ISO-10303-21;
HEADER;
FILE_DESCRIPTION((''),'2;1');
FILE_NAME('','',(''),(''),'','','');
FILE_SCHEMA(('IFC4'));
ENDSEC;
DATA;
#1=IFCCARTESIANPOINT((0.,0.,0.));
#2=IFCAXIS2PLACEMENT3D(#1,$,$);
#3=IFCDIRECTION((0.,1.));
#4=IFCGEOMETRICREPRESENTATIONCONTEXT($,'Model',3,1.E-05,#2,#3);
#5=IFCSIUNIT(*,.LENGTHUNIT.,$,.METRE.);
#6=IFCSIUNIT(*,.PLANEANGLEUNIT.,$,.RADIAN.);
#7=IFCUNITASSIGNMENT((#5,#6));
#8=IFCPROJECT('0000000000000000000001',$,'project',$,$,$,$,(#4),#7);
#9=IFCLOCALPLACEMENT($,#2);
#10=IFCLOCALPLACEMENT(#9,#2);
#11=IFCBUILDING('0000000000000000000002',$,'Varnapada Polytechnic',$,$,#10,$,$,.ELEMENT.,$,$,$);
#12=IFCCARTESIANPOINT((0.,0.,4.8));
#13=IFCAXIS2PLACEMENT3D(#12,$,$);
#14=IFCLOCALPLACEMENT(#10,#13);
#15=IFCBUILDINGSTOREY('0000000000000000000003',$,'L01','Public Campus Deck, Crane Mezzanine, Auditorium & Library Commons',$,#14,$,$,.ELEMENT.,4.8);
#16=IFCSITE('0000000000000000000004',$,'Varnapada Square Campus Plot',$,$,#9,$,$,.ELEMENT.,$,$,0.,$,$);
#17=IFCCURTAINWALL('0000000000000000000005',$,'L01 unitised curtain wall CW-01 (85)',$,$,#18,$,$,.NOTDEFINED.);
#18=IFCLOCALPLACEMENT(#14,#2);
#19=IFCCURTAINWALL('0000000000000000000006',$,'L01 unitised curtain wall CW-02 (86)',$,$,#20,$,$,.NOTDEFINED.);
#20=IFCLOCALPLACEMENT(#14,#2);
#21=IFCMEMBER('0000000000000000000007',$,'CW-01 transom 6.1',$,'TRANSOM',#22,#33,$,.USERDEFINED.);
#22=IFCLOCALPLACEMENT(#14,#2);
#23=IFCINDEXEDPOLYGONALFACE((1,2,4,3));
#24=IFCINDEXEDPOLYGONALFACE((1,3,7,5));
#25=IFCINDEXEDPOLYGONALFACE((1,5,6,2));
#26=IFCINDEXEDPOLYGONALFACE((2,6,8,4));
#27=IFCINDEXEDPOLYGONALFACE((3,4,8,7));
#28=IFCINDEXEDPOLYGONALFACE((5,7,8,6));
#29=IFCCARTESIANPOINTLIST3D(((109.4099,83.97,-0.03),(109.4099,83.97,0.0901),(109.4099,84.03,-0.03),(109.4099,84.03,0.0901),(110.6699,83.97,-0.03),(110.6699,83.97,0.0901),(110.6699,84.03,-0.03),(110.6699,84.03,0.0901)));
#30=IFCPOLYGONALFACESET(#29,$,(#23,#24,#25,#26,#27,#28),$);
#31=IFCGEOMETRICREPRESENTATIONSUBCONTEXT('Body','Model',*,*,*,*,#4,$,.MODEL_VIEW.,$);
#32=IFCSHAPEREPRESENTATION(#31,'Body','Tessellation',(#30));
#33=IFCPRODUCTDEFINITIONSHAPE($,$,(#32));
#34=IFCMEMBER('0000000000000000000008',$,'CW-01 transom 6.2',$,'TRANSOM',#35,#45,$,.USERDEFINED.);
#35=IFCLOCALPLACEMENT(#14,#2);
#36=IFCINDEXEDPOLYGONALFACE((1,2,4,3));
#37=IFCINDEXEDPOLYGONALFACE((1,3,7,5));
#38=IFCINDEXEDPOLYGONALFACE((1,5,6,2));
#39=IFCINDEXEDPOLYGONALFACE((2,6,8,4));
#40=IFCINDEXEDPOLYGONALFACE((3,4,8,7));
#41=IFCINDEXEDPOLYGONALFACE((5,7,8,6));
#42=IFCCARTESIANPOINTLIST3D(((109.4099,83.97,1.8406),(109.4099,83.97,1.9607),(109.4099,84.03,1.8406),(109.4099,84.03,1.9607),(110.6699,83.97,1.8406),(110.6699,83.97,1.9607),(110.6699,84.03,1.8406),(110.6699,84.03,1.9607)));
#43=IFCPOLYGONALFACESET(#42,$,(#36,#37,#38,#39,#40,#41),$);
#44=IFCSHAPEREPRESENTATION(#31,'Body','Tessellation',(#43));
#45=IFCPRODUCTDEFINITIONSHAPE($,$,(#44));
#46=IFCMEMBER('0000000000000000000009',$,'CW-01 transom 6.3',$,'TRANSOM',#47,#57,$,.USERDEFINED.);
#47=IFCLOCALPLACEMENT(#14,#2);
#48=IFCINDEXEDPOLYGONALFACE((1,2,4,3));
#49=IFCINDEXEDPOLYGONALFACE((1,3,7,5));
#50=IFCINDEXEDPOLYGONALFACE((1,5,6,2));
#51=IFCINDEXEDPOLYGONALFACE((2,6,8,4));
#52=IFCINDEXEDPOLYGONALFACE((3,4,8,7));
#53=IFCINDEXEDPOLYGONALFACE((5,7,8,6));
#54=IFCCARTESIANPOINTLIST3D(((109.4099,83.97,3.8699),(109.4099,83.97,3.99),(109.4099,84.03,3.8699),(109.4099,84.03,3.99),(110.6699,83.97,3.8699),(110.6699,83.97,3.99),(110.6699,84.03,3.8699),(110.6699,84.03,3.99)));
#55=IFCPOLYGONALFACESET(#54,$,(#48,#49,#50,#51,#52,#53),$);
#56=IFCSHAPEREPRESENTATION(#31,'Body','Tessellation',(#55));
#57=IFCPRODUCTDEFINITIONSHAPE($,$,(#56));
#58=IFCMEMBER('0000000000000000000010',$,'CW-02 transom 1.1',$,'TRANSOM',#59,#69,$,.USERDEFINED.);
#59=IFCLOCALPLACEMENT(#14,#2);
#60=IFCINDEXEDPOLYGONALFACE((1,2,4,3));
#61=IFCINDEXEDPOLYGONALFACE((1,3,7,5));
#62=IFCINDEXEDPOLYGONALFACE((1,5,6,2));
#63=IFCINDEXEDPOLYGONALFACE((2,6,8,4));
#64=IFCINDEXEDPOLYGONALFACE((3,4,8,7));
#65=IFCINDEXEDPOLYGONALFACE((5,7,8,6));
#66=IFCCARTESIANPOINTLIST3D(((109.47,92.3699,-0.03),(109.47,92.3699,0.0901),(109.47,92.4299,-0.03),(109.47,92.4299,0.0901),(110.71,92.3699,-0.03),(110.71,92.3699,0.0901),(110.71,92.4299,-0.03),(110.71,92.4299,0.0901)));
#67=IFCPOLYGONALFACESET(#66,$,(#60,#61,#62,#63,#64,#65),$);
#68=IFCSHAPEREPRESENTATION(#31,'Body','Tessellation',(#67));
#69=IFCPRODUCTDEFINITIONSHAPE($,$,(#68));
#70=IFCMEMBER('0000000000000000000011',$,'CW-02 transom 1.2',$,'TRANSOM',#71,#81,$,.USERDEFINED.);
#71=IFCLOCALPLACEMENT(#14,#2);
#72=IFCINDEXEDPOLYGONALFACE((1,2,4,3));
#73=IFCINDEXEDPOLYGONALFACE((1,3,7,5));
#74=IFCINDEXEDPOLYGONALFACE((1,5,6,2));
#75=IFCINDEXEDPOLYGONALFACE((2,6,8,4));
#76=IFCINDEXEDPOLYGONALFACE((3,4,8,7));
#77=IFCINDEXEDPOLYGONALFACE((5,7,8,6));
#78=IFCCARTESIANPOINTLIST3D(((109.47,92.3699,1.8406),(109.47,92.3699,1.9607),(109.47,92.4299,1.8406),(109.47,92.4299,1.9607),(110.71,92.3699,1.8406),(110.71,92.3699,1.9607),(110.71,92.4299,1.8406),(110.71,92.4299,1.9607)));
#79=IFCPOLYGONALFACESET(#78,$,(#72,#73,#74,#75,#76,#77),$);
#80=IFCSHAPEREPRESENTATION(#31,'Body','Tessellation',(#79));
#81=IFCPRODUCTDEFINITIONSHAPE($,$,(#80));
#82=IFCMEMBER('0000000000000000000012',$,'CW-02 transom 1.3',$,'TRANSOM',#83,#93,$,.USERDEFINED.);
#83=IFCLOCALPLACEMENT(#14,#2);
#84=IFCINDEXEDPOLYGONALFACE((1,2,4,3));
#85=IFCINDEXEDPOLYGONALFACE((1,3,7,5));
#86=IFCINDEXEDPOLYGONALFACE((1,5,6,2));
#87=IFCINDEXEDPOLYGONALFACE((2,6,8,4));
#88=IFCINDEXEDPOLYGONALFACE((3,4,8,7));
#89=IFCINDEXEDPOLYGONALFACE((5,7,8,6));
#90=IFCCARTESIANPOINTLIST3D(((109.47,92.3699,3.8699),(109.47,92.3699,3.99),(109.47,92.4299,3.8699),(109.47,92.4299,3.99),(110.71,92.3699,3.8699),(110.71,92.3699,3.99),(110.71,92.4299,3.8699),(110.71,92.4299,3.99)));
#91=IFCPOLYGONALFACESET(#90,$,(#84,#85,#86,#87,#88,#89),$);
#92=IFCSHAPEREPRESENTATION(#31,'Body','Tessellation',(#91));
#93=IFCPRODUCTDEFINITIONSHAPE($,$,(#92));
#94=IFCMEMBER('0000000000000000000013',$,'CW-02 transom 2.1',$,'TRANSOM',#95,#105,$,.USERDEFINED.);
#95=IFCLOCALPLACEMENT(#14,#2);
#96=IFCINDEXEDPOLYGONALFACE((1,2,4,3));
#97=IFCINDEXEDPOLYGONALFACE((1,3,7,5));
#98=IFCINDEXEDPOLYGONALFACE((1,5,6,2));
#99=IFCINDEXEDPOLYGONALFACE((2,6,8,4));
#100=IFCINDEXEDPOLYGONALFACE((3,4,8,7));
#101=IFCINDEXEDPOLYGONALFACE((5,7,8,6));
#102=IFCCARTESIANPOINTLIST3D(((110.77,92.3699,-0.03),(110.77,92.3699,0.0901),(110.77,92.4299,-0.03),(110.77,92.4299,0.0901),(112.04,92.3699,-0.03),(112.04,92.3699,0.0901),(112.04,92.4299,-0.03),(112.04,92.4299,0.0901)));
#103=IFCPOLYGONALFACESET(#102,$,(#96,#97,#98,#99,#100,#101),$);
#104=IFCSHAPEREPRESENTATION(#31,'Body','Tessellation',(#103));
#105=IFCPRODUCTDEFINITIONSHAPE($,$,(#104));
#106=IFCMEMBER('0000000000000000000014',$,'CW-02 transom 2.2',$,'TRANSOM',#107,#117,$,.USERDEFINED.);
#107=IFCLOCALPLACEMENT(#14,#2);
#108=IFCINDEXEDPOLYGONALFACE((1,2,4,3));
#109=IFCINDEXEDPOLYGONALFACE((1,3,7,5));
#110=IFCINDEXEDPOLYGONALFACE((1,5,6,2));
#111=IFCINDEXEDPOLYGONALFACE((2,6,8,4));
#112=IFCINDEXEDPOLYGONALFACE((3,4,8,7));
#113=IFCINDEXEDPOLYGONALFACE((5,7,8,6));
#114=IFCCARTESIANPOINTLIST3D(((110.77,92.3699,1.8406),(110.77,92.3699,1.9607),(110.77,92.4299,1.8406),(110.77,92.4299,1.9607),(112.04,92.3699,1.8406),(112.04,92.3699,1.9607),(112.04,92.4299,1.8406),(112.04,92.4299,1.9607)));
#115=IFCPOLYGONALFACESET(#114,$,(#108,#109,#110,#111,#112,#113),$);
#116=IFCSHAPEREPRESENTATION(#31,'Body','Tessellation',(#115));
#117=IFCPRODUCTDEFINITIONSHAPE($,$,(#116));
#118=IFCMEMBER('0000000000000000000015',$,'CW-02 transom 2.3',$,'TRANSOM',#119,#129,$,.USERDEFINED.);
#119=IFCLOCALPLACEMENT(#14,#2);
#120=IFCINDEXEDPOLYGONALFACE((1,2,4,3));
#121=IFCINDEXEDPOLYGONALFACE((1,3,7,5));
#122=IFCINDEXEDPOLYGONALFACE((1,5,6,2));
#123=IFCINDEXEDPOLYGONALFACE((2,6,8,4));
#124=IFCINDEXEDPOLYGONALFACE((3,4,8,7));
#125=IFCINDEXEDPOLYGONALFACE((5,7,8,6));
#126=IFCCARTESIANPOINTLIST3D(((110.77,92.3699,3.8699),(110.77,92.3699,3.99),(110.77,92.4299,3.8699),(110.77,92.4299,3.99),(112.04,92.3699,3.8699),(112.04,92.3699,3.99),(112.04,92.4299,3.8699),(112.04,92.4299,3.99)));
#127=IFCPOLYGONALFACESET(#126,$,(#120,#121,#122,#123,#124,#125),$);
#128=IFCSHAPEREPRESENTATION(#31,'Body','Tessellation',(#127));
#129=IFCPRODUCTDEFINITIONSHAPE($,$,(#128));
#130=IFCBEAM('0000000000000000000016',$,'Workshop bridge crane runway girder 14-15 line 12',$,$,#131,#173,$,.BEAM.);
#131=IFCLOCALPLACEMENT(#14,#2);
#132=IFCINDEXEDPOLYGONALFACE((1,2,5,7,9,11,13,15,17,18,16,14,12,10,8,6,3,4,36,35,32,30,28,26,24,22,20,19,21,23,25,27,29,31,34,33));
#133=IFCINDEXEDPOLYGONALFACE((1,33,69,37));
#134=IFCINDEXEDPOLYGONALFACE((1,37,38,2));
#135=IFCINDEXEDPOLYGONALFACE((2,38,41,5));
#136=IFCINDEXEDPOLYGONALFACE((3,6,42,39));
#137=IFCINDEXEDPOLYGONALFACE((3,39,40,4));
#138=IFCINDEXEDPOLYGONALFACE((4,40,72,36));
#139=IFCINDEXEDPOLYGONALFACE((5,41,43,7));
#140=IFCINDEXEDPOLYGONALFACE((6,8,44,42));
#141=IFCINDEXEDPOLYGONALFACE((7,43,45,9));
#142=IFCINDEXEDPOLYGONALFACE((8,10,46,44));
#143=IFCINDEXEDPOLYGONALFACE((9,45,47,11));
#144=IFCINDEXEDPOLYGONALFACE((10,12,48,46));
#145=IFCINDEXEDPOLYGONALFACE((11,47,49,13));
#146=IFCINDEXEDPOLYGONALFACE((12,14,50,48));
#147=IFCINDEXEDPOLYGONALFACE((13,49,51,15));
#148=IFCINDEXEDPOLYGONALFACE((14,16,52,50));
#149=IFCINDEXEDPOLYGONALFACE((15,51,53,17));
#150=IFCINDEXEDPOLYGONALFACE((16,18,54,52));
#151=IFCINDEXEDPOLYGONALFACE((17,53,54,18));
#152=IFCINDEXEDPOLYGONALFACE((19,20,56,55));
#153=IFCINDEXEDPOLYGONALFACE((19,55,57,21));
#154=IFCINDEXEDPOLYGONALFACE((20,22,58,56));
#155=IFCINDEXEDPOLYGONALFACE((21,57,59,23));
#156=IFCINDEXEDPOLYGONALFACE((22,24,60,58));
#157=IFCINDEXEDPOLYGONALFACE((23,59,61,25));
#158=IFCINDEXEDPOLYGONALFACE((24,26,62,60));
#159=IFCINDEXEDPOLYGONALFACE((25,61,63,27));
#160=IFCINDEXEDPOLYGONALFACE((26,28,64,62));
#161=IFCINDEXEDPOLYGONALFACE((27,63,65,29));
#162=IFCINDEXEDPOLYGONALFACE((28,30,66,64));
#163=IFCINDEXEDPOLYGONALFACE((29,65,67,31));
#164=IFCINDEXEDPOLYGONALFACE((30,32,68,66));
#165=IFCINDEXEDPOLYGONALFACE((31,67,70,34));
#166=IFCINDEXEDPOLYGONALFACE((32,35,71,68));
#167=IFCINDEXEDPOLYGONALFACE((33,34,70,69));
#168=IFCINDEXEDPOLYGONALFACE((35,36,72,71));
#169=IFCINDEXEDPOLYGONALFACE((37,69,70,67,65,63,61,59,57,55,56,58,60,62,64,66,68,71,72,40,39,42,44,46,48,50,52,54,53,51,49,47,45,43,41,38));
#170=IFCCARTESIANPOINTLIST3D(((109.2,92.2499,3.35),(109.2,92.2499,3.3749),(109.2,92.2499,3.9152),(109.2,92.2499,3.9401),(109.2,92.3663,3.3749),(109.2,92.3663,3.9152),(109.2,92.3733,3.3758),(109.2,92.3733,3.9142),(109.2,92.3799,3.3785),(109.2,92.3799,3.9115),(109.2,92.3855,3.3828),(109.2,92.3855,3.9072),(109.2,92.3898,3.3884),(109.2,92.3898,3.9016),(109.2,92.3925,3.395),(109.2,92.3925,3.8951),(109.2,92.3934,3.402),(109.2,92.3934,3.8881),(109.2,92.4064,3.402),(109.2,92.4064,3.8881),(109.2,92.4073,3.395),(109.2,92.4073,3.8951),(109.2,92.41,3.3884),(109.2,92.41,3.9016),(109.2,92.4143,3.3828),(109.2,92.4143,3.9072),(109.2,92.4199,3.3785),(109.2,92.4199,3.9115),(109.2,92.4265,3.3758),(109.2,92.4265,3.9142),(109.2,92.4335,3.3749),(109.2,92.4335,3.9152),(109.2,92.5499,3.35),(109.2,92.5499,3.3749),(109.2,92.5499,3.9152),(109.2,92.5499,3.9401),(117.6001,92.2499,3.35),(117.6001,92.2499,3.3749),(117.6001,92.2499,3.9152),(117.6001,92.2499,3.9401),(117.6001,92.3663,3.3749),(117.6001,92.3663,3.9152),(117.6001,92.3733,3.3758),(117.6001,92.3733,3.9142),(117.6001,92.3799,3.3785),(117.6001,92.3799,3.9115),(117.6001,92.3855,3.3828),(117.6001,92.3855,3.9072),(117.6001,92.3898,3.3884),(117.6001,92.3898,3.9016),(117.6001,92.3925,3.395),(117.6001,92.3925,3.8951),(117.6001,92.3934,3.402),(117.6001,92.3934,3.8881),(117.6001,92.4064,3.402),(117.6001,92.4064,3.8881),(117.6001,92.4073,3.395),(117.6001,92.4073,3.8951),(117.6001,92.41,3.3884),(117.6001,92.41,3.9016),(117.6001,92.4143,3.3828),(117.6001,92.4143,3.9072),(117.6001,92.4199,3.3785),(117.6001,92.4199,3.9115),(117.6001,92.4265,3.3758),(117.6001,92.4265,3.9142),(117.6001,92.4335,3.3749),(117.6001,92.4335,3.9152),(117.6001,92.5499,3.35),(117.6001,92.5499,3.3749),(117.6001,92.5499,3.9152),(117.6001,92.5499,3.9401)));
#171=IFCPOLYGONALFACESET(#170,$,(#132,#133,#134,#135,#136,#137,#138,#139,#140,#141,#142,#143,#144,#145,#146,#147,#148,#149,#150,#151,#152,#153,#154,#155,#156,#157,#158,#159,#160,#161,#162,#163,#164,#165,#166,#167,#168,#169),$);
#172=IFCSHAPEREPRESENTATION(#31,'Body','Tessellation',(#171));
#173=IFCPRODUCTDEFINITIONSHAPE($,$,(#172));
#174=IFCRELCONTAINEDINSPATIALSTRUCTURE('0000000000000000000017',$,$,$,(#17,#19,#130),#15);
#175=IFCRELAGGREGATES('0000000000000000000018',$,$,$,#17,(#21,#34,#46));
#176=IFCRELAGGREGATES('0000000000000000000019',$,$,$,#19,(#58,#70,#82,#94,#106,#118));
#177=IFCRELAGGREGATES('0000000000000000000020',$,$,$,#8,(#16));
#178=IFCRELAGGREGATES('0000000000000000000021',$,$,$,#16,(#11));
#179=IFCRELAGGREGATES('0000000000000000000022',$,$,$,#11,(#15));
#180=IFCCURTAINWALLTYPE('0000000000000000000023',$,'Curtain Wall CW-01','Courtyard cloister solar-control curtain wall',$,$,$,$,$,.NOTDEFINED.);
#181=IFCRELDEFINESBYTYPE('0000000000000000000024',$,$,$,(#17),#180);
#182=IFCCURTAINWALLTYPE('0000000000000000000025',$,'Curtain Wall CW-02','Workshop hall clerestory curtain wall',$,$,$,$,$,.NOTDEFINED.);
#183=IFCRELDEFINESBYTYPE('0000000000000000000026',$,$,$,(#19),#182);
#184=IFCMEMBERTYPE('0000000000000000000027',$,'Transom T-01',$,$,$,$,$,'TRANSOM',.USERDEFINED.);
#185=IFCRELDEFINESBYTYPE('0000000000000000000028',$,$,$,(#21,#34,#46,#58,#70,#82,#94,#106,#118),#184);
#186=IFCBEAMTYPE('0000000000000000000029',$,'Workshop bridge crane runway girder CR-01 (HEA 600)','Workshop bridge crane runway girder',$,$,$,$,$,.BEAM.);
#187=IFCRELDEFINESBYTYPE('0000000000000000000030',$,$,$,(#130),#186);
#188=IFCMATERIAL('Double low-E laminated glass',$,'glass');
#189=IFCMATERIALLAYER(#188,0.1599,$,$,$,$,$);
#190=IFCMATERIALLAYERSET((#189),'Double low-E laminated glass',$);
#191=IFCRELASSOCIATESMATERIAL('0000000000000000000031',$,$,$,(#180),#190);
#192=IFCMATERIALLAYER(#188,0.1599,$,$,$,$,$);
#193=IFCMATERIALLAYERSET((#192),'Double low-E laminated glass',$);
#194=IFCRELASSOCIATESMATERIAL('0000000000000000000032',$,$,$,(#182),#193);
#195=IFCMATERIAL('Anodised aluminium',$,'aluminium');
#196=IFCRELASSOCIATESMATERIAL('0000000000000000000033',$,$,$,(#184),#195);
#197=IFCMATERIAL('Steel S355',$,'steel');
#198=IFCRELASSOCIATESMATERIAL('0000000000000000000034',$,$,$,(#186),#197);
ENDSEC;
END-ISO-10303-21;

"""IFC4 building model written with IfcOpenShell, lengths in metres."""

from ifc_helpers import new_model, si_unit, direction, frame, origin, origin_2d, place, context, subcontext, project, spatial, rectangle, i_section, extrude, material, layer, layer_set, material_profile, profile_set, type_object, element, aggregate, save


model = new_model("IFC4")

# Units and contexts
model_context = context("Model", 3, precision=1e-05, world=origin(), true_north=direction((0.0, 1.0)))
body_context = subcontext(model_context, "Body", "Model", "MODEL_VIEW")
ifc_project = project(units=[si_unit("LENGTHUNIT", "METRE"), si_unit("PLANEANGLEUNIT", "RADIAN")], contexts=[model_context])

# Site, building, storey
site_placement = place(None, origin())
site = spatial("IfcSite", under=ifc_project, at=site_placement, Name="Varnapada Square Campus Plot", CompositionType="ELEMENT", RefElevation=0.0)
building_placement = place(site_placement, origin())
building = spatial("IfcBuilding", under=site, at=building_placement, Name="Varnapada Polytechnic", CompositionType="ELEMENT")
storey_placement = place(building_placement, frame((0.0, 0.0, 4.8)))
storey = spatial("IfcBuildingStorey", under=building, at=storey_placement, Name="L01", Description="Public Campus Deck, Crane Mezzanine, Auditorium & Library Commons", CompositionType="ELEMENT", Elevation=4.8)

# Shared definitions
ifc_material_1 = material(Name="Steel S355", Category="steel")

# Curtain wall
ifc_material_2 = material(Name="Double low-E laminated glass", Category="glass")
ifc_layer_1 = layer(ifc_material_2, 0.1599)
ifc_layer_set_1 = layer_set([ifc_layer_1], Name="Double low-E laminated glass")
curtain_wall_type_1 = type_object("IfcCurtainWallType", Name="Curtain Wall CW-01", Description="Courtyard cloister solar-control curtain wall", PredefinedType="NOTDEFINED", material=ifc_layer_set_1)
curtain_wall_1_placement = place(storey_placement, origin())
curtain_wall_1 = element("IfcCurtainWall", 1, at=curtain_wall_1_placement, inside=storey, type_object=curtain_wall_type_1, Name="L01 unitised curtain wall CW-01 (85)", PredefinedType="NOTDEFINED")
ifc_material_3 = material(Name="Anodised aluminium", Category="aluminium")

# Curtain wall
ifc_layer_2 = layer(ifc_material_2, 0.1599)
ifc_layer_set_2 = layer_set([ifc_layer_2], Name="Double low-E laminated glass")
curtain_wall_type_2 = type_object("IfcCurtainWallType", Name="Curtain Wall CW-02", Description="Workshop hall clerestory curtain wall", PredefinedType="NOTDEFINED", material=ifc_layer_set_2)
curtain_wall_2_placement = place(storey_placement, origin())
curtain_wall_2 = element("IfcCurtainWall", 2, at=curtain_wall_2_placement, inside=storey, type_object=curtain_wall_type_2, Name="L01 unitised curtain wall CW-02 (86)", PredefinedType="NOTDEFINED")

# Members
ifc_material_profile_1 = material_profile(ifc_material_3, rectangle(XDim=0.0601, YDim=0.1201, at=origin_2d()), Name="ALU T60x120")
ifc_profile_set_1 = profile_set([ifc_material_profile_1], Name="Anodised aluminium")
member_type_1 = type_object("IfcMemberType", Name="Transom T-01", ElementType="TRANSOM", PredefinedType="USERDEFINED", material=ifc_profile_set_1)
member_1_placement = place(storey_placement, frame((110.6699, 84.0, 0.03), z_axis=(-1.0, 0.0, 0.0), x_axis=(0.0, -1.0, 0.0)))
member_1 = element("IfcMember", 3, at=member_1_placement, type_object=member_type_1, Name="CW-01 transom 6.1", ObjectType="TRANSOM", PredefinedType="USERDEFINED", context=body_context, shape_type="SweptSolid", body=[
    extrude(rectangle(XDim=0.0601, YDim=0.1201, at=origin_2d()), origin(), (0.0, 0.0, 1.0), 1.26),
])
member_2_placement = place(storey_placement, frame((110.6699, 84.0, 1.9006), z_axis=(-1.0, 0.0, 0.0), x_axis=(0.0, -1.0, 0.0)))
member_2 = element("IfcMember", 4, at=member_2_placement, type_object=member_type_1, Name="CW-01 transom 6.2", ObjectType="TRANSOM", PredefinedType="USERDEFINED", context=body_context, shape_type="SweptSolid", body=[
    extrude(rectangle(XDim=0.0601, YDim=0.1201, at=origin_2d()), origin(), (0.0, 0.0, 1.0), 1.26),
])
member_3_placement = place(storey_placement, frame((110.6699, 84.0, 3.9299), z_axis=(-1.0, 0.0, 0.0), x_axis=(0.0, -1.0, 0.0)))
member_3 = element("IfcMember", 5, at=member_3_placement, type_object=member_type_1, Name="CW-01 transom 6.3", ObjectType="TRANSOM", PredefinedType="USERDEFINED", context=body_context, shape_type="SweptSolid", body=[
    extrude(rectangle(XDim=0.0601, YDim=0.1201, at=origin_2d()), origin(), (0.0, 0.0, 1.0), 1.26),
])
member_4_placement = place(storey_placement, frame((109.47, 92.3999, 0.03), z_axis=(1.0, 0.0, 0.0), x_axis=(0.0, 1.0, 0.0)))
member_4 = element("IfcMember", 6, at=member_4_placement, type_object=member_type_1, Name="CW-02 transom 1.1", ObjectType="TRANSOM", PredefinedType="USERDEFINED", context=body_context, shape_type="SweptSolid", body=[
    extrude(rectangle(XDim=0.0601, YDim=0.1201, at=origin_2d()), origin(), (0.0, 0.0, 1.0), 1.24),
])
member_5_placement = place(storey_placement, frame((109.47, 92.3999, 1.9006), z_axis=(1.0, 0.0, 0.0), x_axis=(0.0, 1.0, 0.0)))
member_5 = element("IfcMember", 7, at=member_5_placement, type_object=member_type_1, Name="CW-02 transom 1.2", ObjectType="TRANSOM", PredefinedType="USERDEFINED", context=body_context, shape_type="SweptSolid", body=[
    extrude(rectangle(XDim=0.0601, YDim=0.1201, at=origin_2d()), origin(), (0.0, 0.0, 1.0), 1.24),
])
member_6_placement = place(storey_placement, frame((109.47, 92.3999, 3.9299), z_axis=(1.0, 0.0, 0.0), x_axis=(0.0, 1.0, 0.0)))
member_6 = element("IfcMember", 8, at=member_6_placement, type_object=member_type_1, Name="CW-02 transom 1.3", ObjectType="TRANSOM", PredefinedType="USERDEFINED", context=body_context, shape_type="SweptSolid", body=[
    extrude(rectangle(XDim=0.0601, YDim=0.1201, at=origin_2d()), origin(), (0.0, 0.0, 1.0), 1.24),
])
member_7_placement = place(storey_placement, frame((110.77, 92.3999, 0.03), z_axis=(1.0, 0.0, 0.0), x_axis=(0.0, 1.0, 0.0)))
member_7 = element("IfcMember", 9, at=member_7_placement, type_object=member_type_1, Name="CW-02 transom 2.1", ObjectType="TRANSOM", PredefinedType="USERDEFINED", context=body_context, shape_type="SweptSolid", body=[
    extrude(rectangle(XDim=0.0601, YDim=0.1201, at=origin_2d()), origin(), (0.0, 0.0, 1.0), 1.27),
])
member_8_placement = place(storey_placement, frame((110.77, 92.3999, 1.9006), z_axis=(1.0, 0.0, 0.0), x_axis=(0.0, 1.0, 0.0)))
member_8 = element("IfcMember", 10, at=member_8_placement, type_object=member_type_1, Name="CW-02 transom 2.2", ObjectType="TRANSOM", PredefinedType="USERDEFINED", context=body_context, shape_type="SweptSolid", body=[
    extrude(rectangle(XDim=0.0601, YDim=0.1201, at=origin_2d()), origin(), (0.0, 0.0, 1.0), 1.27),
])
member_9_placement = place(storey_placement, frame((110.77, 92.3999, 3.9299), z_axis=(1.0, 0.0, 0.0), x_axis=(0.0, 1.0, 0.0)))
member_9 = element("IfcMember", 11, at=member_9_placement, type_object=member_type_1, Name="CW-02 transom 2.3", ObjectType="TRANSOM", PredefinedType="USERDEFINED", context=body_context, shape_type="SweptSolid", body=[
    extrude(rectangle(XDim=0.0601, YDim=0.1201, at=origin_2d()), origin(), (0.0, 0.0, 1.0), 1.27),
])

# Beam
ifc_material_profile_2 = material_profile(ifc_material_1, i_section(OverallWidth=0.3, OverallDepth=0.5901, WebThickness=0.0129, FlangeThickness=0.0249, FilletRadius=0.0271, at=origin_2d()), Name="HEA 600")
ifc_profile_set_2 = profile_set([ifc_material_profile_2], Name="Steel S355")
beam_type_1 = type_object("IfcBeamType", Name="Workshop bridge crane runway girder CR-01 (HEA 600)", Description="Workshop bridge crane runway girder", PredefinedType="BEAM", material=ifc_profile_set_2)
beam_1_placement = place(storey_placement, frame((109.2, 92.3999, 3.645), z_axis=(1.0, 0.0, 0.0), x_axis=(0.0, 1.0, 0.0)))
element("IfcBeam", 12, at=beam_1_placement, inside=storey, type_object=beam_type_1, Name="Workshop bridge crane runway girder 14-15 line 12", PredefinedType="BEAM", context=body_context, shape_type="SweptSolid", body=[
    extrude(i_section(OverallWidth=0.3, OverallDepth=0.5901, WebThickness=0.0129, FlangeThickness=0.0249, FilletRadius=0.0271, at=origin_2d()), origin(), (0.0, 0.0, 1.0), 8.4001),
])

aggregate(curtain_wall_1, [member_1, member_2, member_3])
aggregate(curtain_wall_2, [member_4, member_5, member_6, member_7, member_8, member_9])

save(model, "model.ifc")
